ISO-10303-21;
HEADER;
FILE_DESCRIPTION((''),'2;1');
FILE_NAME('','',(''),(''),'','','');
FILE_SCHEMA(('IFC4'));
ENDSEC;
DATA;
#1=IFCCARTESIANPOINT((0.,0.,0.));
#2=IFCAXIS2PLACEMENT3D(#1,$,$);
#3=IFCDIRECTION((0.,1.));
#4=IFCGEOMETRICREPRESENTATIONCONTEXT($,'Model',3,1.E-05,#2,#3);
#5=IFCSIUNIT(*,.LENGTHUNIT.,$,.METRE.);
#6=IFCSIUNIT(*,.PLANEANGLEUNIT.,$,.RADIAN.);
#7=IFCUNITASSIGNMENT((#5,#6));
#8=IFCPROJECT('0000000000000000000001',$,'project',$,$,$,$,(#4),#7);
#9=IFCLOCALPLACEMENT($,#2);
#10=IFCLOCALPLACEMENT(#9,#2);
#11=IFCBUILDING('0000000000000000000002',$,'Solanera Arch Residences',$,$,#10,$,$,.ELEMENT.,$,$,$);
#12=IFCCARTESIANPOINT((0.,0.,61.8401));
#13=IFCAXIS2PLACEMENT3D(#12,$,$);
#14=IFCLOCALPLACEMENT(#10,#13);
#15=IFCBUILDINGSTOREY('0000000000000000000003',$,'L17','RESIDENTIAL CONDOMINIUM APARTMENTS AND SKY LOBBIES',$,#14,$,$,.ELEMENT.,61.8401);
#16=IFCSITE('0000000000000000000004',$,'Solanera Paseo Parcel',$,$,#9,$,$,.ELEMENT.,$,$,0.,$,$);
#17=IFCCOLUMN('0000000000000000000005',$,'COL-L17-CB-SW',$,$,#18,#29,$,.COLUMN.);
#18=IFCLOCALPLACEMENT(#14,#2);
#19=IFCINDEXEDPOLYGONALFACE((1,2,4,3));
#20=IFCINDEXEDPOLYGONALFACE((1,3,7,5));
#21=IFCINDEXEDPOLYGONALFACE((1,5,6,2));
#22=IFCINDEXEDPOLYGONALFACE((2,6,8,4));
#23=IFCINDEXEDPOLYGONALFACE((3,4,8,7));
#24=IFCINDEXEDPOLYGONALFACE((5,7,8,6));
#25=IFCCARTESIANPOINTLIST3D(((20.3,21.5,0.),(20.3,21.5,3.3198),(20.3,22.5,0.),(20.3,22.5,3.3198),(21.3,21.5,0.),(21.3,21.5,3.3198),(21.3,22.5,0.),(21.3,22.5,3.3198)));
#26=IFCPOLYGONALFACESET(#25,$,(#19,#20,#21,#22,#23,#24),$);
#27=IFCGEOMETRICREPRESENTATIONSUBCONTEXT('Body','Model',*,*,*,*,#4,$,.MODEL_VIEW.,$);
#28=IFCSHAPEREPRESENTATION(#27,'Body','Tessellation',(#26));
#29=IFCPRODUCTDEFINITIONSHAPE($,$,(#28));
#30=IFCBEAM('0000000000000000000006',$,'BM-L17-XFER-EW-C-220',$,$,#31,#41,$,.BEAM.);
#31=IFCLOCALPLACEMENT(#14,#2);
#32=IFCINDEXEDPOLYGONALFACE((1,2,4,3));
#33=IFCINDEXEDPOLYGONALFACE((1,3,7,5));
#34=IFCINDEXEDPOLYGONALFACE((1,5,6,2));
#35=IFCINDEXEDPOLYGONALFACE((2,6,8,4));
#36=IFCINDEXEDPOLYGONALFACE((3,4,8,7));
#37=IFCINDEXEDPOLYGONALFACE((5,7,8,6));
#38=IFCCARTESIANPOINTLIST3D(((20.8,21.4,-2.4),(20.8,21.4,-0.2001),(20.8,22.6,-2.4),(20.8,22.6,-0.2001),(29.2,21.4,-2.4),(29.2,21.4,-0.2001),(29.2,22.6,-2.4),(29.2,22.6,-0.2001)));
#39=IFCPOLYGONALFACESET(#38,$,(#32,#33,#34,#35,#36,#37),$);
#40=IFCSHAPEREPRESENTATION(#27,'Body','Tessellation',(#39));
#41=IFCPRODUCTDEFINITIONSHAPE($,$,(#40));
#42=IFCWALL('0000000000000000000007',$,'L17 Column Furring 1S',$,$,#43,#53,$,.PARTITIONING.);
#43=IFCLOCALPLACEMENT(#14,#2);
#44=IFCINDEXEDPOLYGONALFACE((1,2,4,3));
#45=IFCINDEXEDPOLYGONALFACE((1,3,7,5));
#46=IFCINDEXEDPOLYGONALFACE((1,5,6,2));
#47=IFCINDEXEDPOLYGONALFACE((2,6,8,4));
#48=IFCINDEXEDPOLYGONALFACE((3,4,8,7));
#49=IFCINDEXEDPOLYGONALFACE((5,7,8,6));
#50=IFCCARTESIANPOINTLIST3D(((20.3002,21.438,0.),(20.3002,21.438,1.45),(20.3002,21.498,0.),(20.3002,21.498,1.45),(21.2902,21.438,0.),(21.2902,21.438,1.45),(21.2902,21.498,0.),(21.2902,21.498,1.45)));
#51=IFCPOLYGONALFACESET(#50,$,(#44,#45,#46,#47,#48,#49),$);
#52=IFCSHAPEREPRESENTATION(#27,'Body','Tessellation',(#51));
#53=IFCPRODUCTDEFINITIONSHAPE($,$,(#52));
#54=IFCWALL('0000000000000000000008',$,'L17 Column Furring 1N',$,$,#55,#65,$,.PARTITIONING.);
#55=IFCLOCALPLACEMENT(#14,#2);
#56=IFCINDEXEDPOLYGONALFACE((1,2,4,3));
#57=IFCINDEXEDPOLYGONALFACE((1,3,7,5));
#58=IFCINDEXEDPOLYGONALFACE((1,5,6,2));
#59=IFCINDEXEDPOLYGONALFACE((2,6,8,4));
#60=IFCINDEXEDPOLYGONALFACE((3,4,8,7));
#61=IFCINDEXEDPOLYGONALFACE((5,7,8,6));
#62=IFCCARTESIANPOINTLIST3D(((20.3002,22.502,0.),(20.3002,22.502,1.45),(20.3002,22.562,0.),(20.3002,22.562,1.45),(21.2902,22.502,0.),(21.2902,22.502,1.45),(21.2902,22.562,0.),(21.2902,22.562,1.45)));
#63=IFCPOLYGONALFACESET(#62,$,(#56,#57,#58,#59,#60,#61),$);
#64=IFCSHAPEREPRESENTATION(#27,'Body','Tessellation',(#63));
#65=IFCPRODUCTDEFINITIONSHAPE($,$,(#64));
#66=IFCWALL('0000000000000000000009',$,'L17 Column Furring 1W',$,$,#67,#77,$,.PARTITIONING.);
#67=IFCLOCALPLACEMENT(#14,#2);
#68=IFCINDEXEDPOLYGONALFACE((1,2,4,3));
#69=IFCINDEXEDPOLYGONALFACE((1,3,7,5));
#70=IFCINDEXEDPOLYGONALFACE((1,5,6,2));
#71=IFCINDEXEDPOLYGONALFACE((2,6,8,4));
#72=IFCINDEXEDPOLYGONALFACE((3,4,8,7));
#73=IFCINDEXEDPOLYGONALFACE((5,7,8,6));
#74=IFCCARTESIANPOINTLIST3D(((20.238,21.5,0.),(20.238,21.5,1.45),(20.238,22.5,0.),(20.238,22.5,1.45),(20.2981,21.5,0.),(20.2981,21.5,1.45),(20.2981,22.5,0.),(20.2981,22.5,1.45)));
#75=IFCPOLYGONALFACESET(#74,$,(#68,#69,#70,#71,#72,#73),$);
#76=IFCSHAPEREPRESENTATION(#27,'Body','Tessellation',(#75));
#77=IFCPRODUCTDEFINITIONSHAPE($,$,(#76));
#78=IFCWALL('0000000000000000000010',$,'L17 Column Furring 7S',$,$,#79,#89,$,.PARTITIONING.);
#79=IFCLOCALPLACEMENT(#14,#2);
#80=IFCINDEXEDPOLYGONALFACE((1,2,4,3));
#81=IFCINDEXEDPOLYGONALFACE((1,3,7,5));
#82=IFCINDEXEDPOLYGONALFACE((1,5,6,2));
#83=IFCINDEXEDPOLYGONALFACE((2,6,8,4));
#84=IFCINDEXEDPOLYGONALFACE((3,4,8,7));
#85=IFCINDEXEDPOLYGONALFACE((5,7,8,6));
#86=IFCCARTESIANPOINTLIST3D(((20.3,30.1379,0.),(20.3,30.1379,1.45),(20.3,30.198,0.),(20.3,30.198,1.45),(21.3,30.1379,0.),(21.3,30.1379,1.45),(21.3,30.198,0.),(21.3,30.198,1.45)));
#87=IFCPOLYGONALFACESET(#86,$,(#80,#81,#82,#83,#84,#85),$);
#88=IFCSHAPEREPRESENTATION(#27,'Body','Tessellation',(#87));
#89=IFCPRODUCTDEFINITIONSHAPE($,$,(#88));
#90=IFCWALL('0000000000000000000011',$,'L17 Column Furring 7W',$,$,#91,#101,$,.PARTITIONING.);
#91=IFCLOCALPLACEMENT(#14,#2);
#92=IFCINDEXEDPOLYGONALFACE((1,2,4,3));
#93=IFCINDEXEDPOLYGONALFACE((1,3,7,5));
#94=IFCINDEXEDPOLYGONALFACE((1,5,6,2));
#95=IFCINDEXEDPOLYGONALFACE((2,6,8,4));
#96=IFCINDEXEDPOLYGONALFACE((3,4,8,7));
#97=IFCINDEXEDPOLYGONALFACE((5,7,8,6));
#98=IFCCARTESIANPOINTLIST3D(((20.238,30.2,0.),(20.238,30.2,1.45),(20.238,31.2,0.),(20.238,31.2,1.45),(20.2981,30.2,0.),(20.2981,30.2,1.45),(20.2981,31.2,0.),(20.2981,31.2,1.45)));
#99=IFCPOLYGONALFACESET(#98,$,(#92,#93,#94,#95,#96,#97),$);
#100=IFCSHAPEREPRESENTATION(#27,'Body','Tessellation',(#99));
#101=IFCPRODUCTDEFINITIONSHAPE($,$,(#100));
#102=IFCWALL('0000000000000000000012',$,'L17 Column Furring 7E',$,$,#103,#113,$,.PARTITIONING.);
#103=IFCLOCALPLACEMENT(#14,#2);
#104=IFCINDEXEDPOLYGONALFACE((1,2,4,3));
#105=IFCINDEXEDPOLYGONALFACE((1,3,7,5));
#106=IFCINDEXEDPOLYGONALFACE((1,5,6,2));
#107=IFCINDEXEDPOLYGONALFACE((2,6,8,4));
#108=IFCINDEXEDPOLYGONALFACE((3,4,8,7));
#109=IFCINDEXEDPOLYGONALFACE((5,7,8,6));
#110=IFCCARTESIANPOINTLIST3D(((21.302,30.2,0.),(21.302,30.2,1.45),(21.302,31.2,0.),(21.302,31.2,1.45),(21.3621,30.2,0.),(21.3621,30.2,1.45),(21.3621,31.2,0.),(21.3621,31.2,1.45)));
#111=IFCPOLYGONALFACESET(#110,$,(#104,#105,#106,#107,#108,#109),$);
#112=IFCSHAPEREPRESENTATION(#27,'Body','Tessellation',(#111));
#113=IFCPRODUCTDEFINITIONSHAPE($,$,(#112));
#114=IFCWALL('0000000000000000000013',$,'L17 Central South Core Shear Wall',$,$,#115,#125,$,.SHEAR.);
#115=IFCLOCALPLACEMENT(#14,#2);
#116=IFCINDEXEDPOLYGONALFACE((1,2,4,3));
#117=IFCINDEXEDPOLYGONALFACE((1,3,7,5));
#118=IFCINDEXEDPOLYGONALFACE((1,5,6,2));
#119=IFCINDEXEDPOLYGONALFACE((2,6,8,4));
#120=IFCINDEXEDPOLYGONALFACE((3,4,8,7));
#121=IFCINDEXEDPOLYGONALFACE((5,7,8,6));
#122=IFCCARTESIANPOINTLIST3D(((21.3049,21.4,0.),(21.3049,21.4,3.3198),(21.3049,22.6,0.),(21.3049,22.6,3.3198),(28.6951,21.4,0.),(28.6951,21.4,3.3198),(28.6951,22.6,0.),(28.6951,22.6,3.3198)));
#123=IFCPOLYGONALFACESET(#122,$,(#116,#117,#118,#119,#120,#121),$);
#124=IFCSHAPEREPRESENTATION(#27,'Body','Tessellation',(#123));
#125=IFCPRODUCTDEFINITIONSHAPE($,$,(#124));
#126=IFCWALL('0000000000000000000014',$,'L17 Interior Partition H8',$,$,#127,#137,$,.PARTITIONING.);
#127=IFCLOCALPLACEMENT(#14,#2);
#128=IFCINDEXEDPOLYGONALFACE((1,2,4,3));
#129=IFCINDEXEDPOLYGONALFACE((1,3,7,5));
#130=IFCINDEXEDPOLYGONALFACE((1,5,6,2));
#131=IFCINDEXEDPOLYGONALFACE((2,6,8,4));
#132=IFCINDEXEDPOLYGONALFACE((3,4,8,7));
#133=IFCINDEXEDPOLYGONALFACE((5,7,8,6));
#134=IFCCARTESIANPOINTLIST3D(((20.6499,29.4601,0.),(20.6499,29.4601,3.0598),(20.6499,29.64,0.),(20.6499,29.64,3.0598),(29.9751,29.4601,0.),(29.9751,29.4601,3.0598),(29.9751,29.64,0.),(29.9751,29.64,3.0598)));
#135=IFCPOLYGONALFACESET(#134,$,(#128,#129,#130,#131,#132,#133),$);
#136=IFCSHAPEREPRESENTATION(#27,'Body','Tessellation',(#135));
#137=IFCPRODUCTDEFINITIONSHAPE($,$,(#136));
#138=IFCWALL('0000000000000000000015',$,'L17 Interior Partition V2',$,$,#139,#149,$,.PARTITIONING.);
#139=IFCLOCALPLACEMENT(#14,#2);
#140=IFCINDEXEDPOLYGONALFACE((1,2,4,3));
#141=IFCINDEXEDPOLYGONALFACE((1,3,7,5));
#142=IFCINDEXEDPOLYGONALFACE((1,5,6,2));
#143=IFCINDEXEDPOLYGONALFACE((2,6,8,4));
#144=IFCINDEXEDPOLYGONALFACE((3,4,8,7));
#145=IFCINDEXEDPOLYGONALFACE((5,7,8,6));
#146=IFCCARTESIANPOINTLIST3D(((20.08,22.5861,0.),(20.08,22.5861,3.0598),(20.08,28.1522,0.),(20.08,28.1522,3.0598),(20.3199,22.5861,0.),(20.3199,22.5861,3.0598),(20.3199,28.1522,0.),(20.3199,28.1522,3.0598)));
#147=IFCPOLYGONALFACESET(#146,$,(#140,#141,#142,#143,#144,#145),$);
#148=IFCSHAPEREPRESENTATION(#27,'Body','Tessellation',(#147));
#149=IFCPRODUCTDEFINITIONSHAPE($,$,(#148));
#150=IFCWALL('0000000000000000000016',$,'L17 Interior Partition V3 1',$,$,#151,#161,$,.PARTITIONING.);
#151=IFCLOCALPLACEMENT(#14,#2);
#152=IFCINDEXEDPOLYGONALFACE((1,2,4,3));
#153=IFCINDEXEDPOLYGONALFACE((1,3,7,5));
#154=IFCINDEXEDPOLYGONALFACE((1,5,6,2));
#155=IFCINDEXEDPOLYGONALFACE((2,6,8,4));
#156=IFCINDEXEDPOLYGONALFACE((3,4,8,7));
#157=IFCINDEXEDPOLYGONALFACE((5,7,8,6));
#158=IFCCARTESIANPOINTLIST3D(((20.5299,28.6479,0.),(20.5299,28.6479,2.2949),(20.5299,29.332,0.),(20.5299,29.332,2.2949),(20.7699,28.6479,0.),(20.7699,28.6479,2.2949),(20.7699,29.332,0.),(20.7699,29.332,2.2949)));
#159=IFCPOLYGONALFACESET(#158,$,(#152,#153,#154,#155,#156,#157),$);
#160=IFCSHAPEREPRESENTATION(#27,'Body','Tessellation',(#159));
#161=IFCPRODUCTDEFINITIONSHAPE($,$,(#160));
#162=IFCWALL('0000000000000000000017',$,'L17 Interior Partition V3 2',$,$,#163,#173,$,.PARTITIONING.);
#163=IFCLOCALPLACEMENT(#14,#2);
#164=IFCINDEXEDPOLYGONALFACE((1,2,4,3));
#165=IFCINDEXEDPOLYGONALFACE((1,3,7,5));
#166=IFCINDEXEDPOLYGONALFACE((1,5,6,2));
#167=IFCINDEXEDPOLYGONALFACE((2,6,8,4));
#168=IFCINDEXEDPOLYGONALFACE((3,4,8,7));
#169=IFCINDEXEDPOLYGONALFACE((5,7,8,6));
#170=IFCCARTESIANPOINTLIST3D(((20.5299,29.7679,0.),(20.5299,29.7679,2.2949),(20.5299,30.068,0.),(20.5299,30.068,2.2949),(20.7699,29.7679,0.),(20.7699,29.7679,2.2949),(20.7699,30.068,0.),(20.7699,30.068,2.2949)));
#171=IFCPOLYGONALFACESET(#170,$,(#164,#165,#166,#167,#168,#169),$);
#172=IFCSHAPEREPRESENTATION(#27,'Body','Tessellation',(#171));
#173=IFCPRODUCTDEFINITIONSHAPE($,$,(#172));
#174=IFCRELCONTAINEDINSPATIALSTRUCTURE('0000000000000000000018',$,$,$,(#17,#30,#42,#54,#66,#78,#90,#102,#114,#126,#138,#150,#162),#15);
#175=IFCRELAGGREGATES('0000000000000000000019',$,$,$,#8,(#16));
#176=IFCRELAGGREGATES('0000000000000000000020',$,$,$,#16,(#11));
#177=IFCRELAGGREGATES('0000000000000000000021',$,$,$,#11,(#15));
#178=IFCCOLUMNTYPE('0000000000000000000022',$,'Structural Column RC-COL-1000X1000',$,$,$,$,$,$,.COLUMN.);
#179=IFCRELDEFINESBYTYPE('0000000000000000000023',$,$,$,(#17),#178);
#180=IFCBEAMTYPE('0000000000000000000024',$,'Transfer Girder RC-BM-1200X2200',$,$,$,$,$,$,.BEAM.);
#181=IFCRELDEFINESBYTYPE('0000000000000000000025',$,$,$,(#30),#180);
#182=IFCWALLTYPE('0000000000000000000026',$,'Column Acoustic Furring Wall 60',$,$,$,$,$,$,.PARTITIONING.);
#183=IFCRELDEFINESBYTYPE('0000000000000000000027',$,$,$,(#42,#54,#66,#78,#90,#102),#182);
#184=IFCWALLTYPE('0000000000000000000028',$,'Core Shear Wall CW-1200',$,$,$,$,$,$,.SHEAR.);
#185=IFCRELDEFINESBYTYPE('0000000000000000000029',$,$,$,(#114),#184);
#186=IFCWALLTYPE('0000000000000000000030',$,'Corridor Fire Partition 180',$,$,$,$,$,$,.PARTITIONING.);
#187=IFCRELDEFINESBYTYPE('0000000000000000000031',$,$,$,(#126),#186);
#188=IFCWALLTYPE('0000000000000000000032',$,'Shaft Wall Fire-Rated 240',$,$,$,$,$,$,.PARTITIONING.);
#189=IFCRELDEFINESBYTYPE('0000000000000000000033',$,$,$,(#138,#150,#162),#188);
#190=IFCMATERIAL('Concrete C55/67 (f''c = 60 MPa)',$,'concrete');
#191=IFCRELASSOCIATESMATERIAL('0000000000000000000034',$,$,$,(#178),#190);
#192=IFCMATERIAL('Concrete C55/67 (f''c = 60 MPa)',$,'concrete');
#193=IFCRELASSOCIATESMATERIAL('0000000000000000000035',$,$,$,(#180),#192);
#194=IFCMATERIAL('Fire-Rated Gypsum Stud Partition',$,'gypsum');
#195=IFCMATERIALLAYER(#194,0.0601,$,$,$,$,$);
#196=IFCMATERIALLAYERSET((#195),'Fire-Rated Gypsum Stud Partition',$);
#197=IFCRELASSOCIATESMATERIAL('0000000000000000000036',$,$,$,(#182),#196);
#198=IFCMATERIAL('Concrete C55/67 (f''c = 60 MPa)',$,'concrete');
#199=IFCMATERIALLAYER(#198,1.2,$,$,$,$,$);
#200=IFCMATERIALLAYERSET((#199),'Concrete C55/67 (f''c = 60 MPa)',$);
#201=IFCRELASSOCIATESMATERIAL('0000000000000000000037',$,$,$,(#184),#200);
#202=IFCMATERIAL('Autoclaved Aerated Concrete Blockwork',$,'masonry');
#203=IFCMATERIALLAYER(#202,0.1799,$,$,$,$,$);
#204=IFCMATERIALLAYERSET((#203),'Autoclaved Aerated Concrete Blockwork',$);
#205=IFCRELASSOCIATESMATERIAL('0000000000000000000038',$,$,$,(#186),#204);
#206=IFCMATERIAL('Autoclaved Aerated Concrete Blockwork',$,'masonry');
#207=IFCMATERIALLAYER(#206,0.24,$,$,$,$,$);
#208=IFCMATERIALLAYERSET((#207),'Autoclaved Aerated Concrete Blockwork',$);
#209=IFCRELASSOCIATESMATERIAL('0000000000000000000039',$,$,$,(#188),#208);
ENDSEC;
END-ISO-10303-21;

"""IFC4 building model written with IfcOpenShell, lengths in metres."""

from ifc_helpers import new_model, si_unit, direction, frame, frame_2d, origin, origin_2d, place, context, subcontext, project, spatial, rectangle, extrude, material, layer, layer_set, material_profile, profile_set, type_object, element, save


model = new_model("IFC4")

# Units and contexts
model_context = context("Model", 3, precision=1e-05, world=origin(), true_north=direction((0.0, 1.0)))
body_context = subcontext(model_context, "Body", "Model", "MODEL_VIEW")
ifc_project = project(units=[si_unit("LENGTHUNIT", "METRE"), si_unit("PLANEANGLEUNIT", "RADIAN")], contexts=[model_context])

# Site, building, storey
site_placement = place(None, origin())
site = spatial("IfcSite", under=ifc_project, at=site_placement, Name="Solanera Paseo Parcel", CompositionType="ELEMENT", RefElevation=0.0)
building_placement = place(site_placement, origin())
building = spatial("IfcBuilding", under=site, at=building_placement, Name="Solanera Arch Residences", CompositionType="ELEMENT")
storey_placement = place(building_placement, frame((0.0, 0.0, 61.8401)))
storey = spatial("IfcBuildingStorey", under=building, at=storey_placement, Name="L17", Description="RESIDENTIAL CONDOMINIUM APARTMENTS AND SKY LOBBIES", CompositionType="ELEMENT", Elevation=61.8401)

# Column
ifc_material_1 = material(Name="Concrete C55/67 (f'c = 60 MPa)", Category="concrete")
ifc_material_profile_1 = material_profile(ifc_material_1, rectangle(XDim=1.0, YDim=1.0, at=origin_2d()))
ifc_profile_set_1 = profile_set([ifc_material_profile_1], Name="Concrete C55/67 (f'c = 60 MPa)")
column_type = type_object("IfcColumnType", Name="Structural Column RC-COL-1000X1000", PredefinedType="COLUMN", material=ifc_profile_set_1)
column_placement = place(storey_placement, frame((20.8, 22.0, 0.0), z_axis=(0.0, 0.0, 1.0), x_axis=(1.0, 0.0, 0.0)))
element("IfcColumn", 1, at=column_placement, inside=storey, type_object=column_type, Name="COL-L17-CB-SW", PredefinedType="COLUMN", context=body_context, shape_type="SweptSolid", body=[
    extrude(rectangle(XDim=1.0, YDim=1.0, at=origin_2d()), origin(), (0.0, 0.0, 1.0), 3.3198),
])

# Beam
ifc_material_2 = material(Name="Concrete C55/67 (f'c = 60 MPa)", Category="concrete")
ifc_material_profile_2 = material_profile(ifc_material_2, rectangle(XDim=1.2, YDim=2.2, at=origin_2d()))
ifc_profile_set_2 = profile_set([ifc_material_profile_2], Name="Concrete C55/67 (f'c = 60 MPa)")
beam_type = type_object("IfcBeamType", Name="Transfer Girder RC-BM-1200X2200", PredefinedType="BEAM", material=ifc_profile_set_2)
beam_placement = place(storey_placement, frame((20.8, 22.0, -1.3), z_axis=(1.0, 0.0, 0.0), x_axis=(0.0, 1.0, 0.0)))
element("IfcBeam", 2, at=beam_placement, inside=storey, type_object=beam_type, Name="BM-L17-XFER-EW-C-220", PredefinedType="BEAM", context=body_context, shape_type="SweptSolid", body=[
    extrude(rectangle(XDim=1.2, YDim=2.2, at=origin_2d()), origin(), (0.0, 0.0, 1.0), 8.3999),
])

# Walls
ifc_material_3 = material(Name="Fire-Rated Gypsum Stud Partition", Category="gypsum")
ifc_layer_1 = layer(ifc_material_3, 0.0601)
ifc_layer_set_1 = layer_set([ifc_layer_1], Name="Fire-Rated Gypsum Stud Partition")
wall_type_1 = type_object("IfcWallType", Name="Column Acoustic Furring Wall 60", PredefinedType="PARTITIONING", material=ifc_layer_set_1)
for number, where, z_axis, x_axis, name in (
    (3, (20.3, 21.468, 0.0), (0.0, 0.0, 1.0), (1.0, 0.0, 0.0), "L17 Column Furring 1S"),
    (4, (20.3, 22.532, 0.0), (0.0, 0.0, 1.0), (1.0, 0.0, 0.0), "L17 Column Furring 1N"),
):
    element("IfcWall", number, at=place(storey_placement, frame(where, z_axis=z_axis, x_axis=x_axis)), inside=storey, type_object=wall_type_1, Name=name, PredefinedType="PARTITIONING", context=body_context, shape_type="SweptSolid", body=[
        extrude(rectangle(XDim=0.99, YDim=0.0601, at=frame_2d((0.4951, 0.0))), origin(), (0.0, 0.0, 1.0), 1.45),
    ])
for number, where, z_axis, x_axis, name in (
    (5, (20.2681, 21.5, 0.0), (0.0, 0.0, 1.0), (0.0, 1.0, 0.0), "L17 Column Furring 1W"),
    (6, (20.3, 30.168, 0.0), (0.0, 0.0, 1.0), (1.0, 0.0, 0.0), "L17 Column Furring 7S"),
    (7, (20.2681, 30.2, 0.0), (0.0, 0.0, 1.0), (0.0, 1.0, 0.0), "L17 Column Furring 7W"),
    (8, (21.332, 30.2, 0.0), (0.0, 0.0, 1.0), (0.0, 1.0, 0.0), "L17 Column Furring 7E"),
):
    element("IfcWall", number, at=place(storey_placement, frame(where, z_axis=z_axis, x_axis=x_axis)), inside=storey, type_object=wall_type_1, Name=name, PredefinedType="PARTITIONING", context=body_context, shape_type="SweptSolid", body=[
        extrude(rectangle(XDim=1.0, YDim=0.0601, at=frame_2d((0.5, 0.0))), origin(), (0.0, 0.0, 1.0), 1.45),
    ])
ifc_material_4 = material(Name="Concrete C55/67 (f'c = 60 MPa)", Category="concrete")
ifc_layer_2 = layer(ifc_material_4, 1.2)
ifc_layer_set_2 = layer_set([ifc_layer_2], Name="Concrete C55/67 (f'c = 60 MPa)")
wall_type_2 = type_object("IfcWallType", Name="Core Shear Wall CW-1200", PredefinedType="SHEAR", material=ifc_layer_set_2)
wall_1_placement = place(storey_placement, frame((21.3049, 22.0, 0.0), z_axis=(0.0, 0.0, 1.0), x_axis=(1.0, 0.0, 0.0)))
element("IfcWall", 9, at=wall_1_placement, inside=storey, type_object=wall_type_2, Name="L17 Central South Core Shear Wall", PredefinedType="SHEAR", context=body_context, shape_type="SweptSolid", body=[
    extrude(rectangle(XDim=7.3901, YDim=1.2, at=frame_2d((3.6951, 0.0))), origin(), (0.0, 0.0, 1.0), 3.3198),
])

# Wall
ifc_material_5 = material(Name="Autoclaved Aerated Concrete Blockwork", Category="masonry")
ifc_layer_3 = layer(ifc_material_5, 0.1799)
ifc_layer_set_3 = layer_set([ifc_layer_3], Name="Autoclaved Aerated Concrete Blockwork")
wall_type_3 = type_object("IfcWallType", Name="Corridor Fire Partition 180", PredefinedType="PARTITIONING", material=ifc_layer_set_3)
wall_2_placement = place(storey_placement, frame((20.6499, 29.55, 0.0), z_axis=(0.0, 0.0, 1.0), x_axis=(1.0, 0.0, 0.0)))
element("IfcWall", 10, at=wall_2_placement, inside=storey, type_object=wall_type_3, Name="L17 Interior Partition H8", PredefinedType="PARTITIONING", context=body_context, shape_type="SweptSolid", body=[
    extrude(rectangle(XDim=9.3252, YDim=0.1799, at=frame_2d((4.6626, 0.0))), origin(), (0.0, 0.0, 1.0), 3.0598),
])

# Shared definitions
ifc_material_6 = material(Name="Autoclaved Aerated Concrete Blockwork", Category="masonry")
ifc_layer_4 = layer(ifc_material_6, 0.24)
ifc_layer_set_4 = layer_set([ifc_layer_4], Name="Autoclaved Aerated Concrete Blockwork")
wall_type_4 = type_object("IfcWallType", Name="Shaft Wall Fire-Rated 240", PredefinedType="PARTITIONING", material=ifc_layer_set_4)

# Walls
wall_3_placement = place(storey_placement, frame((20.2, 22.5859, 0.0), z_axis=(0.0, 0.0, 1.0), x_axis=(0.0, 1.0, 0.0)))
element("IfcWall", 11, at=wall_3_placement, inside=storey, type_object=wall_type_4, Name="L17 Interior Partition V2", PredefinedType="PARTITIONING", context=body_context, shape_type="SweptSolid", body=[
    extrude(rectangle(XDim=5.5662, YDim=0.24, at=frame_2d((2.7832, 0.0))), origin(), (0.0, 0.0, 1.0), 3.0598),
])
wall_4_placement = place(storey_placement, frame((20.6499, 28.6479, 0.0), z_axis=(0.0, 0.0, 1.0), x_axis=(0.0, 1.0, 0.0)))
element("IfcWall", 12, at=wall_4_placement, inside=storey, type_object=wall_type_4, Name="L17 Interior Partition V3 1", PredefinedType="PARTITIONING", context=body_context, shape_type="SweptSolid", body=[
    extrude(rectangle(XDim=0.6841, YDim=0.24, at=frame_2d((0.342, 0.0))), origin(), (0.0, 0.0, 1.0), 2.2949),
])
wall_5_placement = place(storey_placement, frame((20.6499, 29.7681, 0.0), z_axis=(0.0, 0.0, 1.0), x_axis=(0.0, 1.0, 0.0)))
element("IfcWall", 13, at=wall_5_placement, inside=storey, type_object=wall_type_4, Name="L17 Interior Partition V3 2", PredefinedType="PARTITIONING", context=body_context, shape_type="SweptSolid", body=[
    extrude(rectangle(XDim=0.3, YDim=0.24, at=frame_2d((0.1499, 0.0))), origin(), (0.0, 0.0, 1.0), 2.2949),
])

save(model, "model.ifc")
